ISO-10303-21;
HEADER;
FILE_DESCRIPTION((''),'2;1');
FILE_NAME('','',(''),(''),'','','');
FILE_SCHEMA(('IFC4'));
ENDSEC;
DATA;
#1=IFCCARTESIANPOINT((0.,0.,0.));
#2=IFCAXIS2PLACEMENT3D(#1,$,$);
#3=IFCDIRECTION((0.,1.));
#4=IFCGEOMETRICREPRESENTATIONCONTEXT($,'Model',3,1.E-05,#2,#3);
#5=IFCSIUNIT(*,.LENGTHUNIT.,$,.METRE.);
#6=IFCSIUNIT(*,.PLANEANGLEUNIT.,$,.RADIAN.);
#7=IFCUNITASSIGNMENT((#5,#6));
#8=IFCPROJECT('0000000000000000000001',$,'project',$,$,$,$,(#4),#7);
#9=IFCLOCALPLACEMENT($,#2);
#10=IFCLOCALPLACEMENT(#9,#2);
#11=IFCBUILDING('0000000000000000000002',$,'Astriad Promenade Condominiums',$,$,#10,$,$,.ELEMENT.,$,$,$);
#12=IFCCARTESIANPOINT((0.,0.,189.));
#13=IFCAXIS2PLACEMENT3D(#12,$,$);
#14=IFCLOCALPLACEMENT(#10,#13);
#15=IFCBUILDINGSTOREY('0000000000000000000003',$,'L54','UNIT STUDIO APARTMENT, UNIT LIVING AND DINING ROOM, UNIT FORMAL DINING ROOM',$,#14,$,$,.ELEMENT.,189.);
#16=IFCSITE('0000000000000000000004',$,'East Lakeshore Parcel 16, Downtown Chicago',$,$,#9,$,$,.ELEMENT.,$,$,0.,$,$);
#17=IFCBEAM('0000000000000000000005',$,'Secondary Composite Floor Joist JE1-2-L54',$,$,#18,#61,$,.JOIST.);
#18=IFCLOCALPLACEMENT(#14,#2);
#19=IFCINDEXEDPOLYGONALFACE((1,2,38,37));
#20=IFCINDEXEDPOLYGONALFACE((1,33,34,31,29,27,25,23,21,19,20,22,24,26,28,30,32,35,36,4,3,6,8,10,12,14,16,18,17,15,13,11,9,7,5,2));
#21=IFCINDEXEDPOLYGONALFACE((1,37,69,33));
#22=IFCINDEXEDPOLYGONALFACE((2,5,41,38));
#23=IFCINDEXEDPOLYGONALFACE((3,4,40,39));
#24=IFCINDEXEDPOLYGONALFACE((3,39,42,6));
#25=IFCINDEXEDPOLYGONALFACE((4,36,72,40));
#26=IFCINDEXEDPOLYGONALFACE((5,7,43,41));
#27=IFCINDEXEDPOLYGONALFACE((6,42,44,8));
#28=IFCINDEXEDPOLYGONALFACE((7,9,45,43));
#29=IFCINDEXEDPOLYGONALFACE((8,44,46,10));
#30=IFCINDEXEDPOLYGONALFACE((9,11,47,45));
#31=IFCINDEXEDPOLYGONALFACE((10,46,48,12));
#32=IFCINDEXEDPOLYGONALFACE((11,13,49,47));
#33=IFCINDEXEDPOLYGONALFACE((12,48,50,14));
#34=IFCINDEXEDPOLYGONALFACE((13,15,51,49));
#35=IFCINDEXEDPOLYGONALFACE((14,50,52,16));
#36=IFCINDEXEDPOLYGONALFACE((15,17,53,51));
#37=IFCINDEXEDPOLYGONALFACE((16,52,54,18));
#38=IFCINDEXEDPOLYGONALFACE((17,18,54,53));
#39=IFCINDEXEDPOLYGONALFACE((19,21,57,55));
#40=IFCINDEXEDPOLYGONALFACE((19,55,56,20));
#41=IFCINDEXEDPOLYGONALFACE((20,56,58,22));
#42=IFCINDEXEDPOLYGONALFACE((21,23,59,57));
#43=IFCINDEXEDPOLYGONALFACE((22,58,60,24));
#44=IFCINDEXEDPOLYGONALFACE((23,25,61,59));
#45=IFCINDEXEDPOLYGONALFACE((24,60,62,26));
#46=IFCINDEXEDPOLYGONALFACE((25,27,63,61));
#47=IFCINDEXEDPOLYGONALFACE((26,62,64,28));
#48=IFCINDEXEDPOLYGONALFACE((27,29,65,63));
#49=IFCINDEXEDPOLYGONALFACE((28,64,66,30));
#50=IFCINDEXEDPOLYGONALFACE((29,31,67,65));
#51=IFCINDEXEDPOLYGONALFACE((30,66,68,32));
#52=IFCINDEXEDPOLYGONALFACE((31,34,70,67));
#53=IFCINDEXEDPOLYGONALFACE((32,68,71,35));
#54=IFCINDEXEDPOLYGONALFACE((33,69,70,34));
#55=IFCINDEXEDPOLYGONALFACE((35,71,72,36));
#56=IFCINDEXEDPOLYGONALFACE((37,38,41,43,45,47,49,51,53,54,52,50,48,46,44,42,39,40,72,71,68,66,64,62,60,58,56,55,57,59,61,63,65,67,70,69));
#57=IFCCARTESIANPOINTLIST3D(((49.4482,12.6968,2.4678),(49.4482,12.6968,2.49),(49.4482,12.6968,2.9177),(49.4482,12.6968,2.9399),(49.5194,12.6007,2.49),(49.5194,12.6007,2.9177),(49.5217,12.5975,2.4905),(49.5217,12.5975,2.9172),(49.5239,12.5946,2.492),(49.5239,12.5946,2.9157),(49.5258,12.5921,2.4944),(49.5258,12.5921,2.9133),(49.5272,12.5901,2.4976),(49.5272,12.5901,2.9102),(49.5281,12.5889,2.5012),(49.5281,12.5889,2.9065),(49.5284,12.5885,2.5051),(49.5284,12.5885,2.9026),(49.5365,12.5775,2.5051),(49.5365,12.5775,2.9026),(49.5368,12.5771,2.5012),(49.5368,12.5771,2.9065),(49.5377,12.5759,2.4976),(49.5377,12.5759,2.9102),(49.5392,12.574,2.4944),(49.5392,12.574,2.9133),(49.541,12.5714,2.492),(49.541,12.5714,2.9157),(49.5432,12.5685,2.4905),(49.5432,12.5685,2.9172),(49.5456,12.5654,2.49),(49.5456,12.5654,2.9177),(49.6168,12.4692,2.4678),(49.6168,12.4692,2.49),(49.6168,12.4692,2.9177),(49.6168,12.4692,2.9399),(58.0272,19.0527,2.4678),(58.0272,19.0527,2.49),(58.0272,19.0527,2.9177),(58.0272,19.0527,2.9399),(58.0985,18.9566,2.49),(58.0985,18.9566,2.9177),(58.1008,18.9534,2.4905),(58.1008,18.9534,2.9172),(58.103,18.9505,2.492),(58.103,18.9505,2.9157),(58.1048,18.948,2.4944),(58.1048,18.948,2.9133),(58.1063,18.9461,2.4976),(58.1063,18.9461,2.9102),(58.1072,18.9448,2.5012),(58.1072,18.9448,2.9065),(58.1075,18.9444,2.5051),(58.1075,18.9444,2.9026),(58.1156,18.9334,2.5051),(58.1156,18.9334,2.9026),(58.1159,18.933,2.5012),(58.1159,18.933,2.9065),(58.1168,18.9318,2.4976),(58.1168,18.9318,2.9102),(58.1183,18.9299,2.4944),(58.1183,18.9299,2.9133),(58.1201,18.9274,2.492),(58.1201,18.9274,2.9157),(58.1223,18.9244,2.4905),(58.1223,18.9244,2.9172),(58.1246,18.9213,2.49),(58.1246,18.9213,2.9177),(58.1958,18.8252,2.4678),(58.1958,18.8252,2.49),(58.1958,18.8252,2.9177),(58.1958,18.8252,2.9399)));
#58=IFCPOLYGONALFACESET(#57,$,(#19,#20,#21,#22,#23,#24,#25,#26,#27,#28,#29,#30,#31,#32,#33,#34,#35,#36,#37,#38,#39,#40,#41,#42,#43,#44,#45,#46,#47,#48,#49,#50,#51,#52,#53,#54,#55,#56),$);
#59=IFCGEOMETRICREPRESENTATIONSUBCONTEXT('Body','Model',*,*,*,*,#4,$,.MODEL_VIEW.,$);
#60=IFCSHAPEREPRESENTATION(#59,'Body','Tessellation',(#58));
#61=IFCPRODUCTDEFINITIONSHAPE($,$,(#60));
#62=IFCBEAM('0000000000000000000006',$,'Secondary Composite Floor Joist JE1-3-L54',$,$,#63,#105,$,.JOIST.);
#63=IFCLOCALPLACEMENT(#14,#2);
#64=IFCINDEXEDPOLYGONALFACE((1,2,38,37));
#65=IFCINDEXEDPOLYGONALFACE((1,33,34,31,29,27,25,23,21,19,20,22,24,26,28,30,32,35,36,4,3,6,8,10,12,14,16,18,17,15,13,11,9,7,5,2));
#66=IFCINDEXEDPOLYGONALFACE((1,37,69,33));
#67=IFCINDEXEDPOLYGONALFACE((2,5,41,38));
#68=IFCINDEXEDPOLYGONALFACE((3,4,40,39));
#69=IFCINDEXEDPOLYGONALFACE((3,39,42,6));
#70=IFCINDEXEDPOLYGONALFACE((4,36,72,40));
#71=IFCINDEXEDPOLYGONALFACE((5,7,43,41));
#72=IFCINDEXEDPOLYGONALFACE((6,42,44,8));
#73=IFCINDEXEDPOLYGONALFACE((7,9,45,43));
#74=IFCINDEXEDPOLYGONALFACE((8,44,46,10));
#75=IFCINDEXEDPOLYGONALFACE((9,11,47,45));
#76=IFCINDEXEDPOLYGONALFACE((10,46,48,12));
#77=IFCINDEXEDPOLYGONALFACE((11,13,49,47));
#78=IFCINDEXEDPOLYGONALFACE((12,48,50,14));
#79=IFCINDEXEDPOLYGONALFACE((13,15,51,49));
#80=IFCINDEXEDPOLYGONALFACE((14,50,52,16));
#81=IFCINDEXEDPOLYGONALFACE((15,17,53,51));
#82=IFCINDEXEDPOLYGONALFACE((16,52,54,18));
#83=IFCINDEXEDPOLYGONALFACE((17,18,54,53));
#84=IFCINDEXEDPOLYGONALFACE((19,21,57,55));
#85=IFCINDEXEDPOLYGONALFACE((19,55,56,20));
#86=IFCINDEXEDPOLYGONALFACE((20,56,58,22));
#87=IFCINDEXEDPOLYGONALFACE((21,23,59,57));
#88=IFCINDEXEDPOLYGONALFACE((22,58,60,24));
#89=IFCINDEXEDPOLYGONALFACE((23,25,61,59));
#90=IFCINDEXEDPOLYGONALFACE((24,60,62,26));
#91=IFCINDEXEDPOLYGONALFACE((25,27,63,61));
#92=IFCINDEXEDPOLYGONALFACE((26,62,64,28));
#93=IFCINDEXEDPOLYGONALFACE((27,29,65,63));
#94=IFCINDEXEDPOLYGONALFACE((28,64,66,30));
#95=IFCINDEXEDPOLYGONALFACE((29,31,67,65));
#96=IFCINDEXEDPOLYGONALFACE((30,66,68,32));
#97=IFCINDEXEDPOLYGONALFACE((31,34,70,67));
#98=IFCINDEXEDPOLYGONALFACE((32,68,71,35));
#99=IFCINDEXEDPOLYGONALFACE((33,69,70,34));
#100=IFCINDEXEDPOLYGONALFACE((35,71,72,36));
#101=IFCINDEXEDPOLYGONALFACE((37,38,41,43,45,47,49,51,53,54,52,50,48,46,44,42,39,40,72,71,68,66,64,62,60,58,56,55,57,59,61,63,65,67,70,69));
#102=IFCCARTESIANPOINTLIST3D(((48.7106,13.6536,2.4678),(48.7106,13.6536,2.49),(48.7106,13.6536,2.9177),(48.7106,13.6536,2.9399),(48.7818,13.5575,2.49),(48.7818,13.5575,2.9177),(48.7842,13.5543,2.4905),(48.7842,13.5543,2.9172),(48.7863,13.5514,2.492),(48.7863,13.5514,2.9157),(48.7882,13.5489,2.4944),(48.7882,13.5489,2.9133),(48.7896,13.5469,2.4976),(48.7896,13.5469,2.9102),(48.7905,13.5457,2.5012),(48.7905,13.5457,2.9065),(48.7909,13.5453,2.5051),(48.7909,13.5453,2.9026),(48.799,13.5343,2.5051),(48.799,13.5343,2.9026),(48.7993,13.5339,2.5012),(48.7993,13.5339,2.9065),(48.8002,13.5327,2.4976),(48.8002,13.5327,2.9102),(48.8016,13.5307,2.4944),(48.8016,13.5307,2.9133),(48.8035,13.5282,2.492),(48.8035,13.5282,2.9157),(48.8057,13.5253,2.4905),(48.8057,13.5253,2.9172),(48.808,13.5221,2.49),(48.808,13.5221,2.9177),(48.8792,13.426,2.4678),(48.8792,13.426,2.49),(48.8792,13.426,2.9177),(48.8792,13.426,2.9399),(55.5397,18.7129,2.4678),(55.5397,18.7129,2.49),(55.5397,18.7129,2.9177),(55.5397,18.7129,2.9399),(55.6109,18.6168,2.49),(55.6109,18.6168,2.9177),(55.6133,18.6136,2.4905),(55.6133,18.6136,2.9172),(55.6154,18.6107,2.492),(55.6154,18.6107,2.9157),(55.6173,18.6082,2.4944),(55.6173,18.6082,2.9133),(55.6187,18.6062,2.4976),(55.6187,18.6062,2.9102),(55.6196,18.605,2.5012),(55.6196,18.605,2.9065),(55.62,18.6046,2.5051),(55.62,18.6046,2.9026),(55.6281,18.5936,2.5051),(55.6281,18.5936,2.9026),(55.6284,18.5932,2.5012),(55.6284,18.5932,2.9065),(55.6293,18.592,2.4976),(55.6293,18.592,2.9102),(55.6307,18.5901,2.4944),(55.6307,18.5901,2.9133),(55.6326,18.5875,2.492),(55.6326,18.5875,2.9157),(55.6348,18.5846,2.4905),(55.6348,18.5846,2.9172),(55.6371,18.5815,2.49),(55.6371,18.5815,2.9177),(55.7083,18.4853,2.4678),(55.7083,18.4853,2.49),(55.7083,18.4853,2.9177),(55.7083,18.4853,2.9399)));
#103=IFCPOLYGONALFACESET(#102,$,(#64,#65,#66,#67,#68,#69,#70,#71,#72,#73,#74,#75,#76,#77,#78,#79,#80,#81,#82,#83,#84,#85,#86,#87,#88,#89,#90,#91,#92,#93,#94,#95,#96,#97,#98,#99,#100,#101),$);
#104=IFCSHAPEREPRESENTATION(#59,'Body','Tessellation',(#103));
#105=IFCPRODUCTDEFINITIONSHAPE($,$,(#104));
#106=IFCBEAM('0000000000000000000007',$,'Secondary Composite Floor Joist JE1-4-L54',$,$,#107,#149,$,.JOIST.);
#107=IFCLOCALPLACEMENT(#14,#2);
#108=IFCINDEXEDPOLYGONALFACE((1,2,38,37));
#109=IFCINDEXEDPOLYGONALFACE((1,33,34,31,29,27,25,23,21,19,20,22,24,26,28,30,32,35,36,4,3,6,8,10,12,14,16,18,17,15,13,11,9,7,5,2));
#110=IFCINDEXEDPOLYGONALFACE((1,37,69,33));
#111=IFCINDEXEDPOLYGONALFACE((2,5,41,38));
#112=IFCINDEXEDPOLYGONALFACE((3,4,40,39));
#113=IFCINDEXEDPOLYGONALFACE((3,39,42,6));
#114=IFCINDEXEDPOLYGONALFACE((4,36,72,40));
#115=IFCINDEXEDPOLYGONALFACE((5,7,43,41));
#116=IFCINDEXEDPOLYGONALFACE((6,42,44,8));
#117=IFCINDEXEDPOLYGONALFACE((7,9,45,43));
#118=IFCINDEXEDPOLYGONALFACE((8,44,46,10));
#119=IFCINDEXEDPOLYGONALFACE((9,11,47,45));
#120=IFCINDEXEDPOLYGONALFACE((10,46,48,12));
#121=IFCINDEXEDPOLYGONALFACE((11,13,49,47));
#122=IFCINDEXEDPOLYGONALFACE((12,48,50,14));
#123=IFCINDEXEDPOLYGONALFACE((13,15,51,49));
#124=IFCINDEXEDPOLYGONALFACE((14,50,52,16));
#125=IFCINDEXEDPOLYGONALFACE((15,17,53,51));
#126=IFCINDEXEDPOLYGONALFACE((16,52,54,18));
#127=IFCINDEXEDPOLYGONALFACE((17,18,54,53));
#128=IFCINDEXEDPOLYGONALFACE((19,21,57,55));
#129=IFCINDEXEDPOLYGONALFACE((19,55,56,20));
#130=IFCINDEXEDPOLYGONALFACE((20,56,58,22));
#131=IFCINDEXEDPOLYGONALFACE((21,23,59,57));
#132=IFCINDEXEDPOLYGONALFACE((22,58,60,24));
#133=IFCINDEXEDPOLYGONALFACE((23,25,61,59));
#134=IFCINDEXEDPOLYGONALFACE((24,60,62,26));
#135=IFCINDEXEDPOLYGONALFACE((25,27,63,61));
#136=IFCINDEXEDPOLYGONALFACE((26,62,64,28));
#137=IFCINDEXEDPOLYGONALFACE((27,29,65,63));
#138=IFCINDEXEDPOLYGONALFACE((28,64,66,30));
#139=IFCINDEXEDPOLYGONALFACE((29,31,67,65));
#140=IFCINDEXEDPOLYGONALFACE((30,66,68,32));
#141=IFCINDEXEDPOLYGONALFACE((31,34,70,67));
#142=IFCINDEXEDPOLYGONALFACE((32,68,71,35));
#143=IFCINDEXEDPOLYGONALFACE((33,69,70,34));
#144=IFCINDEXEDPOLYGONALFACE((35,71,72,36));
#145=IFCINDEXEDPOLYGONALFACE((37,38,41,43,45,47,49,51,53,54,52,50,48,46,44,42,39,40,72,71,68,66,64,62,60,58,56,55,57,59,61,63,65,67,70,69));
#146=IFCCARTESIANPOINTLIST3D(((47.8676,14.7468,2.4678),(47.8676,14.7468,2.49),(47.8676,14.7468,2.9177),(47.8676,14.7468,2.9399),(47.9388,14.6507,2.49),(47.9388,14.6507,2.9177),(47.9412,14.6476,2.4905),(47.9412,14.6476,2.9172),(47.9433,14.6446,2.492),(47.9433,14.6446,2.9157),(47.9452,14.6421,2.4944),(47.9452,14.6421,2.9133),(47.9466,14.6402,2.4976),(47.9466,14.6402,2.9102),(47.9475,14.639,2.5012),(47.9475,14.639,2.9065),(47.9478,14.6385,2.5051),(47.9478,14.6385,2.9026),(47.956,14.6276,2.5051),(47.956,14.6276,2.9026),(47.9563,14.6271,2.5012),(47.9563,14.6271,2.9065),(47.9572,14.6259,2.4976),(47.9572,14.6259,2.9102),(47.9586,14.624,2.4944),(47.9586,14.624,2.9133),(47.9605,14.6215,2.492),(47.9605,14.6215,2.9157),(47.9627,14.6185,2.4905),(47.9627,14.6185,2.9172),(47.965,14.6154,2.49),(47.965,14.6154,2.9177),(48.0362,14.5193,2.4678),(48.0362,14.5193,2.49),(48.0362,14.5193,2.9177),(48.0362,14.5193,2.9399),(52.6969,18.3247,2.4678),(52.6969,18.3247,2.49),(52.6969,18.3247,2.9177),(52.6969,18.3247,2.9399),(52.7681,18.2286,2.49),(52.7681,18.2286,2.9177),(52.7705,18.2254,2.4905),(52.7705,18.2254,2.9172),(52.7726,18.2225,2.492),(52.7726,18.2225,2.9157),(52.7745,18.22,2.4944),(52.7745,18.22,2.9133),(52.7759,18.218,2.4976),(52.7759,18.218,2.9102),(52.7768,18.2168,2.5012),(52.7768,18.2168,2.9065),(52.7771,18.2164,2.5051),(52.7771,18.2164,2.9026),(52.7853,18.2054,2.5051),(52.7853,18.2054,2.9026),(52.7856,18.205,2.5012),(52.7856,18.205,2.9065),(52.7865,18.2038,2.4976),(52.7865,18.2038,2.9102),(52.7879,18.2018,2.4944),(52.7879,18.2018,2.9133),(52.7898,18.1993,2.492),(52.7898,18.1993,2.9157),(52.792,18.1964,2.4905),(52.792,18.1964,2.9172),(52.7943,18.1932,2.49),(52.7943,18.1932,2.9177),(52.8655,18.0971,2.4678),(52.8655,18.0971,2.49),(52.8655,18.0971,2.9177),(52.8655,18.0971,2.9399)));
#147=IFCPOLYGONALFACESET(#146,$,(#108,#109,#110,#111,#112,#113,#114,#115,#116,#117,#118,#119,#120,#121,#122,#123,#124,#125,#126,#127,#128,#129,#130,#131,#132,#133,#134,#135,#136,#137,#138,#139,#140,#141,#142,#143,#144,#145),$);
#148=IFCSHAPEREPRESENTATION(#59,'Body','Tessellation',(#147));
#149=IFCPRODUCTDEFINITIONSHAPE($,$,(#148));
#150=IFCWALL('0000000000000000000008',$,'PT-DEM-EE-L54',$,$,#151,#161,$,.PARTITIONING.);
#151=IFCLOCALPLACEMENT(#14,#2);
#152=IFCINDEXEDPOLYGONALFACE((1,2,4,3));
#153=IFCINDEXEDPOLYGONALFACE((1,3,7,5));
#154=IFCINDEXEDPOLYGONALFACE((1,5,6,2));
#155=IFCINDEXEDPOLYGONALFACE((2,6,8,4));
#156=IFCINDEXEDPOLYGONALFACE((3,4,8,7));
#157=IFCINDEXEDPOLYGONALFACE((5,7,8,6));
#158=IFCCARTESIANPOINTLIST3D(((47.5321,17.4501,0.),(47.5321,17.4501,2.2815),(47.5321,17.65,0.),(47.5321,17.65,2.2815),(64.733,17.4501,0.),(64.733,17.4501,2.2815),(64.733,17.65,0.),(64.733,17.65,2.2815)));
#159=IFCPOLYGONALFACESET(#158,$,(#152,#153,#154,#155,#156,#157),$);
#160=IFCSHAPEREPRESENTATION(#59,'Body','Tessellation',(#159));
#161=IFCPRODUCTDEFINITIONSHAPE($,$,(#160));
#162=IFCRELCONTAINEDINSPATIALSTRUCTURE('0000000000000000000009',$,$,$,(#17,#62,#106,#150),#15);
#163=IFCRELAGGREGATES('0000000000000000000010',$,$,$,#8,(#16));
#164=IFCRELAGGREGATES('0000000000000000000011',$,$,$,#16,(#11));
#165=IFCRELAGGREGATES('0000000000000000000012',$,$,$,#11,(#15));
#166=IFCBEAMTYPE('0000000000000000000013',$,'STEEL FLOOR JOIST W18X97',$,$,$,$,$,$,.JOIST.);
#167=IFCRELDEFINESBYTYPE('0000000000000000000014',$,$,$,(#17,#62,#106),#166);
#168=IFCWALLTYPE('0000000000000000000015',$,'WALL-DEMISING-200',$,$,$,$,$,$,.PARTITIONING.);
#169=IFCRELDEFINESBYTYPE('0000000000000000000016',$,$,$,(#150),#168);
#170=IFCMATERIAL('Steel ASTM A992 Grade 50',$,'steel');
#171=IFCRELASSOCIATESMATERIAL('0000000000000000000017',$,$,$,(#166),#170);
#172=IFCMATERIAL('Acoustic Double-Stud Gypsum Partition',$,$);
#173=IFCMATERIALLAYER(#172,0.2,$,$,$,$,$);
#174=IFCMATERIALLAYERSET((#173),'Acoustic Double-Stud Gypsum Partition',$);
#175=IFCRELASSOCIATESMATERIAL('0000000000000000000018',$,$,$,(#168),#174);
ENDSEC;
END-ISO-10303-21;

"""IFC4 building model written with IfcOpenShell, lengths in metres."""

from ifc_helpers import new_model, si_unit, direction, frame, frame_2d, origin, origin_2d, place, context, subcontext, project, spatial, rectangle, i_section, extrude, source, transform, mapped, material, layer, layer_set, material_profile, profile_set, type_object, element, save


model = new_model("IFC4")

# Units and contexts
model_context = context("Model", 3, precision=1e-05, world=origin(), true_north=direction((0.0, 1.0)))
body_context = subcontext(model_context, "Body", "Model", "MODEL_VIEW")
ifc_project = project(units=[si_unit("LENGTHUNIT", "METRE"), si_unit("PLANEANGLEUNIT", "RADIAN")], contexts=[model_context])

# Site, building, storey
site_placement = place(None, origin())
site = spatial("IfcSite", under=ifc_project, at=site_placement, Name="East Lakeshore Parcel 16, Downtown Chicago", CompositionType="ELEMENT", RefElevation=0.0)
building_placement = place(site_placement, origin())
building = spatial("IfcBuilding", under=site, at=building_placement, Name="Astriad Promenade Condominiums", CompositionType="ELEMENT")
storey_placement = place(building_placement, frame((0.0, 0.0, 189.0)))
storey = spatial("IfcBuildingStorey", under=building, at=storey_placement, Name="L54", Description="UNIT STUDIO APARTMENT, UNIT LIVING AND DINING ROOM, UNIT FORMAL DINING ROOM", CompositionType="ELEMENT", Elevation=189.0)

# Beams
ifc_material_1 = material(Name="Steel ASTM A992 Grade 50", Category="steel")
ifc_material_profile_1 = material_profile(ifc_material_1, i_section(OverallWidth=0.2832, OverallDepth=0.4722, WebThickness=0.0137, FlangeThickness=0.0222, FilletRadius=0.0151, at=origin_2d()), Name="W18X97")
ifc_profile_set_1 = profile_set([ifc_material_profile_1], Name="Steel ASTM A992 Grade 50")
beam_type_1 = type_object("IfcBeamType", Name="STEEL FLOOR JOIST W18X97", PredefinedType="JOIST", material=ifc_profile_set_1)
shared_shape_1 = source(origin(), body_context, "Body", "SweptSolid", [
    extrude(i_section(OverallWidth=0.2832, OverallDepth=0.4722, WebThickness=0.0137, FlangeThickness=0.0222, FilletRadius=0.0151, at=origin_2d()), origin(), (0.0, 0.0, 1.0), 10.677),
])
beam_1_placement = place(storey_placement, frame((49.5325, 12.583, 2.7039), z_axis=(0.803509, 0.595292, 0.0), x_axis=(-0.595292, 0.803509, 0.0)))
element("IfcBeam", 1, at=beam_1_placement, inside=storey, type_object=beam_type_1, Name="Secondary Composite Floor Joist JE1-2-L54", PredefinedType="JOIST", context=body_context, shape_type="MappedRepresentation", body=[
    mapped(shared_shape_1, transform((0.0, 0.0, 0.0), scale=1.0)),
])
shared_shape_2 = source(origin(), body_context, "Body", "SweptSolid", [
    extrude(i_section(OverallWidth=0.2832, OverallDepth=0.4722, WebThickness=0.0137, FlangeThickness=0.0222, FilletRadius=0.0151, at=origin_2d()), origin(), (0.0, 0.0, 1.0), 8.499),
])
beam_2_placement = place(storey_placement, frame((48.7949, 13.5398, 2.7039), z_axis=(0.803516, 0.595283, 0.0), x_axis=(-0.595283, 0.803516, 0.0)))
element("IfcBeam", 2, at=beam_2_placement, inside=storey, type_object=beam_type_1, Name="Secondary Composite Floor Joist JE1-3-L54", PredefinedType="JOIST", context=body_context, shape_type="MappedRepresentation", body=[
    mapped(shared_shape_2, transform((0.0, 0.0, 0.0), scale=1.0)),
])
shared_shape_3 = source(origin(), body_context, "Body", "SweptSolid", [
    extrude(i_section(OverallWidth=0.2832, OverallDepth=0.4722, WebThickness=0.0137, FlangeThickness=0.0222, FilletRadius=0.0151, at=origin_2d()), origin(), (0.0, 0.0, 1.0), 6.0103),
])
beam_3_placement = place(storey_placement, frame((47.9519, 14.6331, 2.7039), z_axis=(0.80351, 0.595291, 0.0), x_axis=(-0.595291, 0.80351, 0.0)))
element("IfcBeam", 3, at=beam_3_placement, inside=storey, type_object=beam_type_1, Name="Secondary Composite Floor Joist JE1-4-L54", PredefinedType="JOIST", context=body_context, shape_type="MappedRepresentation", body=[
    mapped(shared_shape_3, transform((0.0, 0.0, 0.0), scale=1.0)),
])

# Wall
ifc_material_2 = material(Name="Acoustic Double-Stud Gypsum Partition")
ifc_layer_1 = layer(ifc_material_2, 0.2)
ifc_layer_set_1 = layer_set([ifc_layer_1], Name="Acoustic Double-Stud Gypsum Partition")
wall_type_1 = type_object("IfcWallType", Name="WALL-DEMISING-200", PredefinedType="PARTITIONING", material=ifc_layer_set_1)
wall_1_placement = place(storey_placement, frame((47.532, 17.55, 0.0), z_axis=(0.0, 0.0, 1.0), x_axis=(1.0, 0.0, 0.0)))
element("IfcWall", 4, at=wall_1_placement, inside=storey, type_object=wall_type_1, Name="PT-DEM-EE-L54", PredefinedType="PARTITIONING", context=body_context, shape_type="SweptSolid", body=[
    extrude(rectangle(XDim=17.2009, YDim=0.2, at=frame_2d((8.6006, 0.0))), origin(), (0.0, 0.0, 1.0), 2.2815),
])

save(model, "model.ifc")
